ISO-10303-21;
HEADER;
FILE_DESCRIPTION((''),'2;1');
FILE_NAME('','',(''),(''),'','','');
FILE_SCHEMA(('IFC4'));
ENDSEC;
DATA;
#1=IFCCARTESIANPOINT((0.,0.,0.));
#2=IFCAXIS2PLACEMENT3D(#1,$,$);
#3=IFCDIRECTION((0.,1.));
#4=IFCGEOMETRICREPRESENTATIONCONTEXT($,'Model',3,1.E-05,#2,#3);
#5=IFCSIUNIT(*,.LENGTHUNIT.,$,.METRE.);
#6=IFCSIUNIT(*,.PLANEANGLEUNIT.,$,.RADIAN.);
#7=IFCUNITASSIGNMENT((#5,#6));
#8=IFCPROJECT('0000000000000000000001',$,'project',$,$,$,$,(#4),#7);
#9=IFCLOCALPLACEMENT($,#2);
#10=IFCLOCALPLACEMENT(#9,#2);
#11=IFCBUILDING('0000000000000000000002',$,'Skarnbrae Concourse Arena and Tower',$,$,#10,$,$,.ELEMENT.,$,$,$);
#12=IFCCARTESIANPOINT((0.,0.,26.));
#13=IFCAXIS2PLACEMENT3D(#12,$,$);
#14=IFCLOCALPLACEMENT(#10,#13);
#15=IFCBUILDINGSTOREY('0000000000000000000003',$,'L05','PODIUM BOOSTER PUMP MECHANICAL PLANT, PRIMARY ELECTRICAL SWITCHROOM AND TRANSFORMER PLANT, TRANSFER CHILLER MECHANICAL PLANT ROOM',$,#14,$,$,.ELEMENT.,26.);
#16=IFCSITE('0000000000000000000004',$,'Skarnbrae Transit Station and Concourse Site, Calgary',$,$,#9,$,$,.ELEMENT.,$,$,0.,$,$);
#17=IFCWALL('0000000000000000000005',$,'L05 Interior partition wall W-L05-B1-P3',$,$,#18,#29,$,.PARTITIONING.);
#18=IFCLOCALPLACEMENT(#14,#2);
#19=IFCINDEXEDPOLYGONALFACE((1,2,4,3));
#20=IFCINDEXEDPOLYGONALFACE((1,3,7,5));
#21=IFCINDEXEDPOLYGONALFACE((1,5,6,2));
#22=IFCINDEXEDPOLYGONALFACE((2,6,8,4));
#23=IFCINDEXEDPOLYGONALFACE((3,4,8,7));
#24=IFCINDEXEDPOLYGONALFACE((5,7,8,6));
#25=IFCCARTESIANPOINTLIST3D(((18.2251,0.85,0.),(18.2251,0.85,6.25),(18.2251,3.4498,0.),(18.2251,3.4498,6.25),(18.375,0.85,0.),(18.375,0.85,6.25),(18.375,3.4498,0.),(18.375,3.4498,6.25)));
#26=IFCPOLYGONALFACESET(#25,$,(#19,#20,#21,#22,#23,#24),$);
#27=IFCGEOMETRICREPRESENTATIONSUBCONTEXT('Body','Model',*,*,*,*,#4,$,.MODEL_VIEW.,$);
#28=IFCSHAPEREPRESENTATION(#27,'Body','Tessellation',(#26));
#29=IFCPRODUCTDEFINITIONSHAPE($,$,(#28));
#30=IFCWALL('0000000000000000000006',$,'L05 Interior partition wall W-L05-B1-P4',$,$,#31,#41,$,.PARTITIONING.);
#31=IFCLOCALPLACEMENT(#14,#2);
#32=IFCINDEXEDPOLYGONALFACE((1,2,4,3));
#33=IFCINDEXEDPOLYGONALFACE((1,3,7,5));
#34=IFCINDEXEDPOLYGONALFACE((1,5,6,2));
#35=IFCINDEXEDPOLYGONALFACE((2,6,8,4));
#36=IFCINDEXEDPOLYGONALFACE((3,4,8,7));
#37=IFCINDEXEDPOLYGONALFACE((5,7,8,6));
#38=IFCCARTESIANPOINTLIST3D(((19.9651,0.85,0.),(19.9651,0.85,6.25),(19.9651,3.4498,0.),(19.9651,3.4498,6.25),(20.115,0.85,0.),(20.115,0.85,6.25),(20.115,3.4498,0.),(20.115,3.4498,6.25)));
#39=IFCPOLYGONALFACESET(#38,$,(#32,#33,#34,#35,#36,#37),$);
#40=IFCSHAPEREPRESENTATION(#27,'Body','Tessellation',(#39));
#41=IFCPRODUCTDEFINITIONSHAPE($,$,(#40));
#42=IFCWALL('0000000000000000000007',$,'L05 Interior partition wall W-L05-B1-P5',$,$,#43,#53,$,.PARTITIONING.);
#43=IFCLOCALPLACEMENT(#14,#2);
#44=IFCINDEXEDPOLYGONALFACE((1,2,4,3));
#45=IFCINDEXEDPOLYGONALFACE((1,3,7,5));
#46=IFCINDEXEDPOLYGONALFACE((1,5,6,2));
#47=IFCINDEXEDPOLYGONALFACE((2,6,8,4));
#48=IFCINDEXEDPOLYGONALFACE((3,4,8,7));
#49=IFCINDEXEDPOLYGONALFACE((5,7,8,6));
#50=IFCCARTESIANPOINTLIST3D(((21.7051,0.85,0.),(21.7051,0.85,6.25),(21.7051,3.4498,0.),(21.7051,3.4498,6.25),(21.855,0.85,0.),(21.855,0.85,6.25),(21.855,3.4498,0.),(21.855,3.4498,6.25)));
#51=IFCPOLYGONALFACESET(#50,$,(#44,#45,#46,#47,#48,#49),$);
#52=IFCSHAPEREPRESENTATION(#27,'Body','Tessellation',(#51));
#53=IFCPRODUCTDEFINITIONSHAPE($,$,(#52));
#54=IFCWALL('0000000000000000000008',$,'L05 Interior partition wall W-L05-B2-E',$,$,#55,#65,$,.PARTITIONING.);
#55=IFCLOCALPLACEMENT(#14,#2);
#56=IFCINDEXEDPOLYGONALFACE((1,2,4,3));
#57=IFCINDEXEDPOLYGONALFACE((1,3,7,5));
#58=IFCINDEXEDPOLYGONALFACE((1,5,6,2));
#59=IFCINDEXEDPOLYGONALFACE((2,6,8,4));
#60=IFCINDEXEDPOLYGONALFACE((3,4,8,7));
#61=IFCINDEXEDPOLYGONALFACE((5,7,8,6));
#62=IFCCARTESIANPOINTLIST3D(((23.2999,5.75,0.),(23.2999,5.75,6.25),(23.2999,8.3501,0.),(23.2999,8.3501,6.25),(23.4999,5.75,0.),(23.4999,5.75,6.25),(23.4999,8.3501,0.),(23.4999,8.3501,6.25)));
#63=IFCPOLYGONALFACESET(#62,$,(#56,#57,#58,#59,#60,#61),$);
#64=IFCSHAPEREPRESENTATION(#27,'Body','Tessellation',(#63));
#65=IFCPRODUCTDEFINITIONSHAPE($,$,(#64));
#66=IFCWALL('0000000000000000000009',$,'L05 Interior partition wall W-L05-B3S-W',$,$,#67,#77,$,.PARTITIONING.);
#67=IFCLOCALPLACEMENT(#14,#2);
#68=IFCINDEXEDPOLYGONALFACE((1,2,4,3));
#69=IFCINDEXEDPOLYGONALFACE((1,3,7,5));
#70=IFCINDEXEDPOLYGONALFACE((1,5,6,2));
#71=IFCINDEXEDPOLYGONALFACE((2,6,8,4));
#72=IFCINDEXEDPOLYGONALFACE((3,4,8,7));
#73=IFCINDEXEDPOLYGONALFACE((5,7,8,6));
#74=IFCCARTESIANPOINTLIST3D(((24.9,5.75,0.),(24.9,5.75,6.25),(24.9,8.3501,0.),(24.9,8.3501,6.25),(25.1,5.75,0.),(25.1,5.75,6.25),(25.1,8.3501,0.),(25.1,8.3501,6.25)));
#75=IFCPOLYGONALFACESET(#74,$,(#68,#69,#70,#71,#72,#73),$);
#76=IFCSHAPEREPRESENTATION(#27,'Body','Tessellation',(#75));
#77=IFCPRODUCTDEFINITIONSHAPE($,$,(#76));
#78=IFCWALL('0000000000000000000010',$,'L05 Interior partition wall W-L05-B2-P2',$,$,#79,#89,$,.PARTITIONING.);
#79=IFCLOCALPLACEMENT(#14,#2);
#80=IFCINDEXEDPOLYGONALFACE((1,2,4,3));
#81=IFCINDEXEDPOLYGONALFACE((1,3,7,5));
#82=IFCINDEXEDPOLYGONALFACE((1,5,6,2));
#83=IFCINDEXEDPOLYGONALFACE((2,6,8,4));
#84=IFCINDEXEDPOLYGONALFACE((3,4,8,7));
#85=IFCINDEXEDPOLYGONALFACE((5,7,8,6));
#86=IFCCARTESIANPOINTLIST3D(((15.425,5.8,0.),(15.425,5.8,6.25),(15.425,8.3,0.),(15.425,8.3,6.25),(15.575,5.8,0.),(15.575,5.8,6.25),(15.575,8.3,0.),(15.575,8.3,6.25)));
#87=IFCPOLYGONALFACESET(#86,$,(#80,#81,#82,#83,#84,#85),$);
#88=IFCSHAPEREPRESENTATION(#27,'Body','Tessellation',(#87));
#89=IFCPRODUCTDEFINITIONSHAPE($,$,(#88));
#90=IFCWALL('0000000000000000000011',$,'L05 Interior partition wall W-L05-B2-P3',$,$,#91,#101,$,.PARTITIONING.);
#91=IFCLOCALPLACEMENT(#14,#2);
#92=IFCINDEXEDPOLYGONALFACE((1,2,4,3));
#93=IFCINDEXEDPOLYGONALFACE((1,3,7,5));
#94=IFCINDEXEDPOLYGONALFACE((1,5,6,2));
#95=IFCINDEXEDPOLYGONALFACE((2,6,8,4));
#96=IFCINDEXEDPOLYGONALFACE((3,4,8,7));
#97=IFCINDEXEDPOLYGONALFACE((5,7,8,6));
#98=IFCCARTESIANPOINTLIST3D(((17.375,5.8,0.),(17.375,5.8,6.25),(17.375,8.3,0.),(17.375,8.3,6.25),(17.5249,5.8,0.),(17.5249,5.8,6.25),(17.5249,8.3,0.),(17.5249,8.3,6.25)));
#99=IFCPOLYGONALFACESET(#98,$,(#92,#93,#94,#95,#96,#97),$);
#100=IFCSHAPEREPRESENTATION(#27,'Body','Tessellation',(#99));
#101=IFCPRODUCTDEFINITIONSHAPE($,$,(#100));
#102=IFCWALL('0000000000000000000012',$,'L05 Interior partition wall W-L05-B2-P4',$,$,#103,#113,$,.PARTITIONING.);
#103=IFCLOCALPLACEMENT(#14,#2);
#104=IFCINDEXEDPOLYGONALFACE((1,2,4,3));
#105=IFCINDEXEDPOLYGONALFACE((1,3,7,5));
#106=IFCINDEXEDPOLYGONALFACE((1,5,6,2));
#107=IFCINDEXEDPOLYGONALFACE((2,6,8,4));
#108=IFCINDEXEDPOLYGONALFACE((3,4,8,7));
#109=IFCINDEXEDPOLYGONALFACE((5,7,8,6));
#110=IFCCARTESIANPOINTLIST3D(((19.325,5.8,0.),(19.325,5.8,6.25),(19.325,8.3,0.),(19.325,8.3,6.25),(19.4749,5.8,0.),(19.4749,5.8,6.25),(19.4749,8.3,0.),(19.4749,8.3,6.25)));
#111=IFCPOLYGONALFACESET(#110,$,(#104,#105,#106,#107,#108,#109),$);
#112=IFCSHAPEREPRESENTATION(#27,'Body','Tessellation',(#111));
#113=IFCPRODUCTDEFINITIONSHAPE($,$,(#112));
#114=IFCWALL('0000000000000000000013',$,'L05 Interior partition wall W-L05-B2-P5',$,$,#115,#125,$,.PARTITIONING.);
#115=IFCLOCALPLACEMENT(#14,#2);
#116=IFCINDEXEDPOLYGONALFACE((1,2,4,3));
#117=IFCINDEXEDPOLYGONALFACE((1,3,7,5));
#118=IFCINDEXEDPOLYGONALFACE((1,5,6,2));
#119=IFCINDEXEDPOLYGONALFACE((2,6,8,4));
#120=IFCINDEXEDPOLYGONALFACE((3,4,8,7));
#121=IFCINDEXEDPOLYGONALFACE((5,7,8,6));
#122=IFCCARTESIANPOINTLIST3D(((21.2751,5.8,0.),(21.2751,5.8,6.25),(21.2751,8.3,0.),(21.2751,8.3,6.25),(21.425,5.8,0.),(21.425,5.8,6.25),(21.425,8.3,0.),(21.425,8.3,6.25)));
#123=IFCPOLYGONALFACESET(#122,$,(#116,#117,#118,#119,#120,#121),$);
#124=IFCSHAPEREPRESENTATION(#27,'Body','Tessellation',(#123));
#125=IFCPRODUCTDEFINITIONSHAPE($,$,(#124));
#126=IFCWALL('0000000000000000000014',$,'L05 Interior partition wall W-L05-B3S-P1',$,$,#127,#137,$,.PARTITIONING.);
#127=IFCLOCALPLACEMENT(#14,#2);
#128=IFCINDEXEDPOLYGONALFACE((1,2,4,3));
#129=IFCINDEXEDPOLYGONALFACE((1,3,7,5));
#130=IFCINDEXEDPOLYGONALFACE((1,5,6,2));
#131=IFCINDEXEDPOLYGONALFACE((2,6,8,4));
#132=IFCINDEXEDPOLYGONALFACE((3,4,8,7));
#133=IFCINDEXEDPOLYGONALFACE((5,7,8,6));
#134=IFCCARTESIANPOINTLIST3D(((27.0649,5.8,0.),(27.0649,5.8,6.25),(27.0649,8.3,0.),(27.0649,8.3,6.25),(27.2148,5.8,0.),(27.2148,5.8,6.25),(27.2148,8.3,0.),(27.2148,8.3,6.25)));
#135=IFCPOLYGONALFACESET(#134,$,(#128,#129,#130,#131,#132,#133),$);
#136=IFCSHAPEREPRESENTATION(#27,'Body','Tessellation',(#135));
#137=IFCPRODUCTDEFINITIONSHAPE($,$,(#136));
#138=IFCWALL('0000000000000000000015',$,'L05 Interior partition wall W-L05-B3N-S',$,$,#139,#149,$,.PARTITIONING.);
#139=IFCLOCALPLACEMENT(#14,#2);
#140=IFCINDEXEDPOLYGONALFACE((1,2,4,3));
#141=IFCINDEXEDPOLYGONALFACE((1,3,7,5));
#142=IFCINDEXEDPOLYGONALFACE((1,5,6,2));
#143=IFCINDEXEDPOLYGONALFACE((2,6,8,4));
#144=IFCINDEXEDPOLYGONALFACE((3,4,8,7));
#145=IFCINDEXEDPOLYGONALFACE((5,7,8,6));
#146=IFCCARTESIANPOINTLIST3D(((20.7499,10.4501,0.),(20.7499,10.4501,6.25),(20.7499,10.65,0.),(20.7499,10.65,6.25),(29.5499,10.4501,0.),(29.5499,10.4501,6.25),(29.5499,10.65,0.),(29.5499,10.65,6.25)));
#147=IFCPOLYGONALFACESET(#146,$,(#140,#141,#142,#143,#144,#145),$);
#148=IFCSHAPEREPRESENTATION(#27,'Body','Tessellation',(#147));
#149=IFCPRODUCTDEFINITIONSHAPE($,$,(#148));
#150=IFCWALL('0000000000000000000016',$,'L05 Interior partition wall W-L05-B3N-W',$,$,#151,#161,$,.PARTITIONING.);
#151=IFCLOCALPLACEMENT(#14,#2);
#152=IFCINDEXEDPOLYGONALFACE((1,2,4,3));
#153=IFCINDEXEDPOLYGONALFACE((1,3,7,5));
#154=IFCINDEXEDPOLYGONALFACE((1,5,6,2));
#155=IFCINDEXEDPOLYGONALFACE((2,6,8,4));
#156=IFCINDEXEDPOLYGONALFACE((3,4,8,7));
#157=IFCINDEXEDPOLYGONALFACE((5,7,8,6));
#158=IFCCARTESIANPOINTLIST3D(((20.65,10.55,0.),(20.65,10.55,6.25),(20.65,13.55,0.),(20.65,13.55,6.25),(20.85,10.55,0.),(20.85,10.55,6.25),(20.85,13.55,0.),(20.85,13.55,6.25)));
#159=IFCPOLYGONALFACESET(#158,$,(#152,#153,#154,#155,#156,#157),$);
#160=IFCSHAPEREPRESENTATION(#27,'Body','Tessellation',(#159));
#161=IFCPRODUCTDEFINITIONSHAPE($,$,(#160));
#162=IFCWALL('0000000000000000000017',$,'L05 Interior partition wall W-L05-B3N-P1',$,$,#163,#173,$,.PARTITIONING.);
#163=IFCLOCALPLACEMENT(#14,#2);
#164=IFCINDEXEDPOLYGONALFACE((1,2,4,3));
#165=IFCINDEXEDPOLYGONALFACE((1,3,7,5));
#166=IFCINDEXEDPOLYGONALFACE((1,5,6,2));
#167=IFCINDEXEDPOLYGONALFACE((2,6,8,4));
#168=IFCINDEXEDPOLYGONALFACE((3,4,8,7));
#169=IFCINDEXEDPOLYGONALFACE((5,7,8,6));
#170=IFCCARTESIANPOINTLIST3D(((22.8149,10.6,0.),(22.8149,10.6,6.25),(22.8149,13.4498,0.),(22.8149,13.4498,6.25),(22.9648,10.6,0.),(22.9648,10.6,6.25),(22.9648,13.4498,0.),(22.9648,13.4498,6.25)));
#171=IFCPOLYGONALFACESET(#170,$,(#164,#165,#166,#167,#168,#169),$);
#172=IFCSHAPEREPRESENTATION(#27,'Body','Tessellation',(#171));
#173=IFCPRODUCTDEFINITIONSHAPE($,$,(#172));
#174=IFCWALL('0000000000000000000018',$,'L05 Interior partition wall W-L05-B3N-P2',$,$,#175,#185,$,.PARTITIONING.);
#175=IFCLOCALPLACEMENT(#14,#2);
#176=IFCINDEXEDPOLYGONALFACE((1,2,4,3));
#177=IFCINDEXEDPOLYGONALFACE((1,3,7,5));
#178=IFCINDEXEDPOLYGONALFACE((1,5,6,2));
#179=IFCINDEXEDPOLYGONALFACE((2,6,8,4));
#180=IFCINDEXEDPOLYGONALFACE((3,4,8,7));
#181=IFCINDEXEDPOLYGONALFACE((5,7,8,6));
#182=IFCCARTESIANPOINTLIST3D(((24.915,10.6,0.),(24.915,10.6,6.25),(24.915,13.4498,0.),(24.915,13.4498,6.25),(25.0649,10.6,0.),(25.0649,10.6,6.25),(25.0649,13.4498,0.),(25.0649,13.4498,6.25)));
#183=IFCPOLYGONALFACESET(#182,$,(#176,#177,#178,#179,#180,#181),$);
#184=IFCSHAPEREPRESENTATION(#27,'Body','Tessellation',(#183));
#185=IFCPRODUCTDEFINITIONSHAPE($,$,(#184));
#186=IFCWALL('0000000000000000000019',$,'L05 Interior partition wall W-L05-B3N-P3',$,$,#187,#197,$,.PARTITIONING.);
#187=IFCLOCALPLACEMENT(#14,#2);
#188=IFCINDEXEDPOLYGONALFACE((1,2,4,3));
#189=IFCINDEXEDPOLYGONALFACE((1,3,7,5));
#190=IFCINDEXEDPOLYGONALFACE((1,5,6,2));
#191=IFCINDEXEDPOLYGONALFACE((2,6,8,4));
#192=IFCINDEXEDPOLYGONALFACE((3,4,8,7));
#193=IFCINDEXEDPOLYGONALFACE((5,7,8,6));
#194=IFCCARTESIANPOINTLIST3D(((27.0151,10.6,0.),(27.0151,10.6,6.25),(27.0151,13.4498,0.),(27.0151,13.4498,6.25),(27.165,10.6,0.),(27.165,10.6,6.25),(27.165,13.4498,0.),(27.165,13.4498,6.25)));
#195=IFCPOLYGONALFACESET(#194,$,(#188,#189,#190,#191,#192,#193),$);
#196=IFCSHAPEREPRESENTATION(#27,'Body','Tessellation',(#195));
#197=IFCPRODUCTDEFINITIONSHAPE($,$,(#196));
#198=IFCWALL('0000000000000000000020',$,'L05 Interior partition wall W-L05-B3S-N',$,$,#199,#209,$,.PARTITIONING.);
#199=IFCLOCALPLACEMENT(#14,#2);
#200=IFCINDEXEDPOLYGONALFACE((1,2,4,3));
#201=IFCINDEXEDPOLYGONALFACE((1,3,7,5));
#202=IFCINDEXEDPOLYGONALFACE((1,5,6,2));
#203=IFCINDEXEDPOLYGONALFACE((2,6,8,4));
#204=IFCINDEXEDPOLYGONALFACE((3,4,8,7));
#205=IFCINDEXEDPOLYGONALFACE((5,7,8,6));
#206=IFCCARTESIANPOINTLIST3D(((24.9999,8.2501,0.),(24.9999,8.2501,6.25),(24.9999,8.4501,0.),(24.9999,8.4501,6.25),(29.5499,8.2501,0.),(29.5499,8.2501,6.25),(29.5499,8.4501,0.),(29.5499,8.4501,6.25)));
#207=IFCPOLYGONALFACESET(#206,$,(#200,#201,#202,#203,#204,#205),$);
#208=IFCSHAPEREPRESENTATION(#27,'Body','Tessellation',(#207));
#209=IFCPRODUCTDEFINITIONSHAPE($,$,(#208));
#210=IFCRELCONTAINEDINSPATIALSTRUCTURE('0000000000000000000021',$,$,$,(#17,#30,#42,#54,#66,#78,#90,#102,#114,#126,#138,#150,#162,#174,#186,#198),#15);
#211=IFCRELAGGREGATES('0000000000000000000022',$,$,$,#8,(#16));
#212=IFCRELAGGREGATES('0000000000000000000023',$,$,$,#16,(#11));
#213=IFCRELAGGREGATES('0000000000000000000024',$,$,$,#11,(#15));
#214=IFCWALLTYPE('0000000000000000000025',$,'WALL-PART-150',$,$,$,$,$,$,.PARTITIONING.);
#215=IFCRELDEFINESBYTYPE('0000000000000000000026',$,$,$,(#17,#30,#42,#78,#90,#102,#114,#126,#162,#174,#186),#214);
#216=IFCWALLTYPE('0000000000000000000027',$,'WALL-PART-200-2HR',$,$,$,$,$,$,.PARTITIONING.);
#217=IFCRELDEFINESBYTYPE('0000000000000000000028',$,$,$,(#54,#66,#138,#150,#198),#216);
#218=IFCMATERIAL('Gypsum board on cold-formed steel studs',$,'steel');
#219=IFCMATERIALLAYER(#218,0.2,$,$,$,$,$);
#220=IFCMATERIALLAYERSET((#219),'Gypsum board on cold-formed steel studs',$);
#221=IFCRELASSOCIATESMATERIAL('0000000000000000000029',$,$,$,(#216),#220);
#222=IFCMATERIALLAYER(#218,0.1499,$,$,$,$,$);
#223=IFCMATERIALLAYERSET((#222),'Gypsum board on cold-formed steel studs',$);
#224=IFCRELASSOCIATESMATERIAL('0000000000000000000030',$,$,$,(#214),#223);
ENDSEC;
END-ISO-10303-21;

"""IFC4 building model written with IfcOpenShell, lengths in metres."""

from ifc_helpers import new_model, si_unit, direction, frame, frame_2d, origin, place, context, subcontext, project, spatial, rectangle, extrude, source, transform, mapped, material, layer, layer_set, type_object, element, save


model = new_model("IFC4")

# Units and contexts
model_context = context("Model", 3, precision=1e-05, world=origin(), true_north=direction((0.0, 1.0)))
body_context = subcontext(model_context, "Body", "Model", "MODEL_VIEW")
ifc_project = project(units=[si_unit("LENGTHUNIT", "METRE"), si_unit("PLANEANGLEUNIT", "RADIAN")], contexts=[model_context])

# Site, building, storey
site_placement = place(None, origin())
site = spatial("IfcSite", under=ifc_project, at=site_placement, Name="Skarnbrae Transit Station and Concourse Site, Calgary", CompositionType="ELEMENT", RefElevation=0.0)
building_placement = place(site_placement, origin())
building = spatial("IfcBuilding", under=site, at=building_placement, Name="Skarnbrae Concourse Arena and Tower", CompositionType="ELEMENT")
storey_placement = place(building_placement, frame((0.0, 0.0, 26.0)))
storey = spatial("IfcBuildingStorey", under=building, at=storey_placement, Name="L05", Description="PODIUM BOOSTER PUMP MECHANICAL PLANT, PRIMARY ELECTRICAL SWITCHROOM AND TRANSFORMER PLANT, TRANSFER CHILLER MECHANICAL PLANT ROOM", CompositionType="ELEMENT", Elevation=26.0)

# Walls
ifc_material_1 = material(Name="Gypsum board on cold-formed steel studs", Category="steel")
ifc_layer_1 = layer(ifc_material_1, 0.2)
ifc_layer_set_1 = layer_set([ifc_layer_1], Name="Gypsum board on cold-formed steel studs")
wall_type_1 = type_object("IfcWallType", Name="WALL-PART-200-2HR", PredefinedType="PARTITIONING", material=ifc_layer_set_1)
ifc_layer_2 = layer(ifc_material_1, 0.1499)
ifc_layer_set_2 = layer_set([ifc_layer_2], Name="Gypsum board on cold-formed steel studs")
wall_type_2 = type_object("IfcWallType", Name="WALL-PART-150", PredefinedType="PARTITIONING", material=ifc_layer_set_2)
shared_shape_1 = source(origin(), body_context, "Body", "SweptSolid", [
    extrude(rectangle(XDim=2.5999, YDim=0.1499, at=frame_2d((1.2998, 0.0))), origin(), (0.0, 0.0, 1.0), 6.25),
])
for number, where, z_axis, x_axis, name in (
    (1, (18.3, 0.8501, 0.0), (0.0, 0.0, 1.0), (0.0, 1.0, 0.0), "L05 Interior partition wall W-L05-B1-P3"),
    (2, (20.04, 0.8501, 0.0), (0.0, 0.0, 1.0), (0.0, 1.0, 0.0), "L05 Interior partition wall W-L05-B1-P4"),
    (3, (21.78, 0.8501, 0.0), (0.0, 0.0, 1.0), (0.0, 1.0, 0.0), "L05 Interior partition wall W-L05-B1-P5"),
):
    element("IfcWall", number, at=place(storey_placement, frame(where, z_axis=z_axis, x_axis=x_axis)), inside=storey, type_object=wall_type_2, Name=name, PredefinedType="PARTITIONING", context=body_context, shape_type="MappedRepresentation", body=[
        mapped(shared_shape_1, transform((0.0, 0.0, 0.0))),
    ])
shared_shape_2 = source(origin(), body_context, "Body", "SweptSolid", [
    extrude(rectangle(XDim=2.6001, YDim=0.2, at=frame_2d((1.3, 0.0))), origin(), (0.0, 0.0, 1.0), 6.25),
])
for number, where, z_axis, x_axis, name in (
    (4, (23.3999, 5.75, 0.0), (0.0, 0.0, 1.0), (0.0, 1.0, 0.0), "L05 Interior partition wall W-L05-B2-E"),
    (5, (25.0, 5.75, 0.0), (0.0, 0.0, 1.0), (0.0, 1.0, 0.0), "L05 Interior partition wall W-L05-B3S-W"),
):
    element("IfcWall", number, at=place(storey_placement, frame(where, z_axis=z_axis, x_axis=x_axis)), inside=storey, type_object=wall_type_1, Name=name, PredefinedType="PARTITIONING", context=body_context, shape_type="MappedRepresentation", body=[
        mapped(shared_shape_2, transform((0.0, 0.0, 0.0))),
    ])
shared_shape_3 = source(origin(), body_context, "Body", "SweptSolid", [
    extrude(rectangle(XDim=2.5, YDim=0.1499, at=frame_2d((1.25, 0.0))), origin(), (0.0, 0.0, 1.0), 6.25),
])
for number, where, z_axis, x_axis, name in (
    (6, (15.5, 5.8, 0.0), (0.0, 0.0, 1.0), (0.0, 1.0, 0.0), "L05 Interior partition wall W-L05-B2-P2"),
    (7, (17.45, 5.8, 0.0), (0.0, 0.0, 1.0), (0.0, 1.0, 0.0), "L05 Interior partition wall W-L05-B2-P3"),
    (8, (19.3999, 5.8, 0.0), (0.0, 0.0, 1.0), (0.0, 1.0, 0.0), "L05 Interior partition wall W-L05-B2-P4"),
    (9, (21.3501, 5.8, 0.0), (0.0, 0.0, 1.0), (0.0, 1.0, 0.0), "L05 Interior partition wall W-L05-B2-P5"),
    (10, (27.1399, 5.8, 0.0), (0.0, 0.0, 1.0), (0.0, 1.0, 0.0), "L05 Interior partition wall W-L05-B3S-P1"),
):
    element("IfcWall", number, at=place(storey_placement, frame(where, z_axis=z_axis, x_axis=x_axis)), inside=storey, type_object=wall_type_2, Name=name, PredefinedType="PARTITIONING", context=body_context, shape_type="MappedRepresentation", body=[
        mapped(shared_shape_3, transform((0.0, 0.0, 0.0))),
    ])
shared_shape_4 = source(origin(), body_context, "Body", "SweptSolid", [
    extrude(rectangle(XDim=8.8, YDim=0.2, at=frame_2d((4.3999, 0.0))), origin(), (0.0, 0.0, 1.0), 6.25),
])
wall_1_placement = place(storey_placement, frame((20.75, 10.55, 0.0), z_axis=(0.0, 0.0, 1.0), x_axis=(1.0, 0.0, 0.0)))
element("IfcWall", 11, at=wall_1_placement, inside=storey, type_object=wall_type_1, Name="L05 Interior partition wall W-L05-B3N-S", PredefinedType="PARTITIONING", context=body_context, shape_type="MappedRepresentation", body=[
    mapped(shared_shape_4, transform((0.0, 0.0, 0.0))),
])
shared_shape_5 = source(origin(), body_context, "Body", "SweptSolid", [
    extrude(rectangle(XDim=3.0, YDim=0.2, at=frame_2d((1.5, 0.0))), origin(), (0.0, 0.0, 1.0), 6.25),
])
wall_2_placement = place(storey_placement, frame((20.75, 10.55, 0.0), z_axis=(0.0, 0.0, 1.0), x_axis=(0.0, 1.0, 0.0)))
element("IfcWall", 12, at=wall_2_placement, inside=storey, type_object=wall_type_1, Name="L05 Interior partition wall W-L05-B3N-W", PredefinedType="PARTITIONING", context=body_context, shape_type="MappedRepresentation", body=[
    mapped(shared_shape_5, transform((0.0, 0.0, 0.0))),
])
shared_shape_6 = source(origin(), body_context, "Body", "SweptSolid", [
    extrude(rectangle(XDim=2.8499, YDim=0.1499, at=frame_2d((1.4248, 0.0))), origin(), (0.0, 0.0, 1.0), 6.25),
])
for number, where, z_axis, x_axis, name in (
    (13, (22.8899, 10.6001, 0.0), (0.0, 0.0, 1.0), (0.0, 1.0, 0.0), "L05 Interior partition wall W-L05-B3N-P1"),
    (14, (24.99, 10.6001, 0.0), (0.0, 0.0, 1.0), (0.0, 1.0, 0.0), "L05 Interior partition wall W-L05-B3N-P2"),
    (15, (27.0901, 10.6001, 0.0), (0.0, 0.0, 1.0), (0.0, 1.0, 0.0), "L05 Interior partition wall W-L05-B3N-P3"),
):
    element("IfcWall", number, at=place(storey_placement, frame(where, z_axis=z_axis, x_axis=x_axis)), inside=storey, type_object=wall_type_2, Name=name, PredefinedType="PARTITIONING", context=body_context, shape_type="MappedRepresentation", body=[
        mapped(shared_shape_6, transform((0.0, 0.0, 0.0))),
    ])
shared_shape_7 = source(origin(), body_context, "Body", "SweptSolid", [
    extrude(rectangle(XDim=4.55, YDim=0.2, at=frame_2d((2.2749, 0.0))), origin(), (0.0, 0.0, 1.0), 6.25),
])
for number, where, z_axis, x_axis, name in (
    (16, (25.0, 8.3501, 0.0), (0.0, 0.0, 1.0), (1.0, 0.0, 0.0), "L05 Interior partition wall W-L05-B3S-N"),
):
    element("IfcWall", number, at=place(storey_placement, frame(where, z_axis=z_axis, x_axis=x_axis)), inside=storey, type_object=wall_type_1, Name=name, PredefinedType="PARTITIONING", context=body_context, shape_type="MappedRepresentation", body=[
        mapped(shared_shape_7, transform((0.0, 0.0, 0.0))),
    ])

save(model, "model.ifc")
